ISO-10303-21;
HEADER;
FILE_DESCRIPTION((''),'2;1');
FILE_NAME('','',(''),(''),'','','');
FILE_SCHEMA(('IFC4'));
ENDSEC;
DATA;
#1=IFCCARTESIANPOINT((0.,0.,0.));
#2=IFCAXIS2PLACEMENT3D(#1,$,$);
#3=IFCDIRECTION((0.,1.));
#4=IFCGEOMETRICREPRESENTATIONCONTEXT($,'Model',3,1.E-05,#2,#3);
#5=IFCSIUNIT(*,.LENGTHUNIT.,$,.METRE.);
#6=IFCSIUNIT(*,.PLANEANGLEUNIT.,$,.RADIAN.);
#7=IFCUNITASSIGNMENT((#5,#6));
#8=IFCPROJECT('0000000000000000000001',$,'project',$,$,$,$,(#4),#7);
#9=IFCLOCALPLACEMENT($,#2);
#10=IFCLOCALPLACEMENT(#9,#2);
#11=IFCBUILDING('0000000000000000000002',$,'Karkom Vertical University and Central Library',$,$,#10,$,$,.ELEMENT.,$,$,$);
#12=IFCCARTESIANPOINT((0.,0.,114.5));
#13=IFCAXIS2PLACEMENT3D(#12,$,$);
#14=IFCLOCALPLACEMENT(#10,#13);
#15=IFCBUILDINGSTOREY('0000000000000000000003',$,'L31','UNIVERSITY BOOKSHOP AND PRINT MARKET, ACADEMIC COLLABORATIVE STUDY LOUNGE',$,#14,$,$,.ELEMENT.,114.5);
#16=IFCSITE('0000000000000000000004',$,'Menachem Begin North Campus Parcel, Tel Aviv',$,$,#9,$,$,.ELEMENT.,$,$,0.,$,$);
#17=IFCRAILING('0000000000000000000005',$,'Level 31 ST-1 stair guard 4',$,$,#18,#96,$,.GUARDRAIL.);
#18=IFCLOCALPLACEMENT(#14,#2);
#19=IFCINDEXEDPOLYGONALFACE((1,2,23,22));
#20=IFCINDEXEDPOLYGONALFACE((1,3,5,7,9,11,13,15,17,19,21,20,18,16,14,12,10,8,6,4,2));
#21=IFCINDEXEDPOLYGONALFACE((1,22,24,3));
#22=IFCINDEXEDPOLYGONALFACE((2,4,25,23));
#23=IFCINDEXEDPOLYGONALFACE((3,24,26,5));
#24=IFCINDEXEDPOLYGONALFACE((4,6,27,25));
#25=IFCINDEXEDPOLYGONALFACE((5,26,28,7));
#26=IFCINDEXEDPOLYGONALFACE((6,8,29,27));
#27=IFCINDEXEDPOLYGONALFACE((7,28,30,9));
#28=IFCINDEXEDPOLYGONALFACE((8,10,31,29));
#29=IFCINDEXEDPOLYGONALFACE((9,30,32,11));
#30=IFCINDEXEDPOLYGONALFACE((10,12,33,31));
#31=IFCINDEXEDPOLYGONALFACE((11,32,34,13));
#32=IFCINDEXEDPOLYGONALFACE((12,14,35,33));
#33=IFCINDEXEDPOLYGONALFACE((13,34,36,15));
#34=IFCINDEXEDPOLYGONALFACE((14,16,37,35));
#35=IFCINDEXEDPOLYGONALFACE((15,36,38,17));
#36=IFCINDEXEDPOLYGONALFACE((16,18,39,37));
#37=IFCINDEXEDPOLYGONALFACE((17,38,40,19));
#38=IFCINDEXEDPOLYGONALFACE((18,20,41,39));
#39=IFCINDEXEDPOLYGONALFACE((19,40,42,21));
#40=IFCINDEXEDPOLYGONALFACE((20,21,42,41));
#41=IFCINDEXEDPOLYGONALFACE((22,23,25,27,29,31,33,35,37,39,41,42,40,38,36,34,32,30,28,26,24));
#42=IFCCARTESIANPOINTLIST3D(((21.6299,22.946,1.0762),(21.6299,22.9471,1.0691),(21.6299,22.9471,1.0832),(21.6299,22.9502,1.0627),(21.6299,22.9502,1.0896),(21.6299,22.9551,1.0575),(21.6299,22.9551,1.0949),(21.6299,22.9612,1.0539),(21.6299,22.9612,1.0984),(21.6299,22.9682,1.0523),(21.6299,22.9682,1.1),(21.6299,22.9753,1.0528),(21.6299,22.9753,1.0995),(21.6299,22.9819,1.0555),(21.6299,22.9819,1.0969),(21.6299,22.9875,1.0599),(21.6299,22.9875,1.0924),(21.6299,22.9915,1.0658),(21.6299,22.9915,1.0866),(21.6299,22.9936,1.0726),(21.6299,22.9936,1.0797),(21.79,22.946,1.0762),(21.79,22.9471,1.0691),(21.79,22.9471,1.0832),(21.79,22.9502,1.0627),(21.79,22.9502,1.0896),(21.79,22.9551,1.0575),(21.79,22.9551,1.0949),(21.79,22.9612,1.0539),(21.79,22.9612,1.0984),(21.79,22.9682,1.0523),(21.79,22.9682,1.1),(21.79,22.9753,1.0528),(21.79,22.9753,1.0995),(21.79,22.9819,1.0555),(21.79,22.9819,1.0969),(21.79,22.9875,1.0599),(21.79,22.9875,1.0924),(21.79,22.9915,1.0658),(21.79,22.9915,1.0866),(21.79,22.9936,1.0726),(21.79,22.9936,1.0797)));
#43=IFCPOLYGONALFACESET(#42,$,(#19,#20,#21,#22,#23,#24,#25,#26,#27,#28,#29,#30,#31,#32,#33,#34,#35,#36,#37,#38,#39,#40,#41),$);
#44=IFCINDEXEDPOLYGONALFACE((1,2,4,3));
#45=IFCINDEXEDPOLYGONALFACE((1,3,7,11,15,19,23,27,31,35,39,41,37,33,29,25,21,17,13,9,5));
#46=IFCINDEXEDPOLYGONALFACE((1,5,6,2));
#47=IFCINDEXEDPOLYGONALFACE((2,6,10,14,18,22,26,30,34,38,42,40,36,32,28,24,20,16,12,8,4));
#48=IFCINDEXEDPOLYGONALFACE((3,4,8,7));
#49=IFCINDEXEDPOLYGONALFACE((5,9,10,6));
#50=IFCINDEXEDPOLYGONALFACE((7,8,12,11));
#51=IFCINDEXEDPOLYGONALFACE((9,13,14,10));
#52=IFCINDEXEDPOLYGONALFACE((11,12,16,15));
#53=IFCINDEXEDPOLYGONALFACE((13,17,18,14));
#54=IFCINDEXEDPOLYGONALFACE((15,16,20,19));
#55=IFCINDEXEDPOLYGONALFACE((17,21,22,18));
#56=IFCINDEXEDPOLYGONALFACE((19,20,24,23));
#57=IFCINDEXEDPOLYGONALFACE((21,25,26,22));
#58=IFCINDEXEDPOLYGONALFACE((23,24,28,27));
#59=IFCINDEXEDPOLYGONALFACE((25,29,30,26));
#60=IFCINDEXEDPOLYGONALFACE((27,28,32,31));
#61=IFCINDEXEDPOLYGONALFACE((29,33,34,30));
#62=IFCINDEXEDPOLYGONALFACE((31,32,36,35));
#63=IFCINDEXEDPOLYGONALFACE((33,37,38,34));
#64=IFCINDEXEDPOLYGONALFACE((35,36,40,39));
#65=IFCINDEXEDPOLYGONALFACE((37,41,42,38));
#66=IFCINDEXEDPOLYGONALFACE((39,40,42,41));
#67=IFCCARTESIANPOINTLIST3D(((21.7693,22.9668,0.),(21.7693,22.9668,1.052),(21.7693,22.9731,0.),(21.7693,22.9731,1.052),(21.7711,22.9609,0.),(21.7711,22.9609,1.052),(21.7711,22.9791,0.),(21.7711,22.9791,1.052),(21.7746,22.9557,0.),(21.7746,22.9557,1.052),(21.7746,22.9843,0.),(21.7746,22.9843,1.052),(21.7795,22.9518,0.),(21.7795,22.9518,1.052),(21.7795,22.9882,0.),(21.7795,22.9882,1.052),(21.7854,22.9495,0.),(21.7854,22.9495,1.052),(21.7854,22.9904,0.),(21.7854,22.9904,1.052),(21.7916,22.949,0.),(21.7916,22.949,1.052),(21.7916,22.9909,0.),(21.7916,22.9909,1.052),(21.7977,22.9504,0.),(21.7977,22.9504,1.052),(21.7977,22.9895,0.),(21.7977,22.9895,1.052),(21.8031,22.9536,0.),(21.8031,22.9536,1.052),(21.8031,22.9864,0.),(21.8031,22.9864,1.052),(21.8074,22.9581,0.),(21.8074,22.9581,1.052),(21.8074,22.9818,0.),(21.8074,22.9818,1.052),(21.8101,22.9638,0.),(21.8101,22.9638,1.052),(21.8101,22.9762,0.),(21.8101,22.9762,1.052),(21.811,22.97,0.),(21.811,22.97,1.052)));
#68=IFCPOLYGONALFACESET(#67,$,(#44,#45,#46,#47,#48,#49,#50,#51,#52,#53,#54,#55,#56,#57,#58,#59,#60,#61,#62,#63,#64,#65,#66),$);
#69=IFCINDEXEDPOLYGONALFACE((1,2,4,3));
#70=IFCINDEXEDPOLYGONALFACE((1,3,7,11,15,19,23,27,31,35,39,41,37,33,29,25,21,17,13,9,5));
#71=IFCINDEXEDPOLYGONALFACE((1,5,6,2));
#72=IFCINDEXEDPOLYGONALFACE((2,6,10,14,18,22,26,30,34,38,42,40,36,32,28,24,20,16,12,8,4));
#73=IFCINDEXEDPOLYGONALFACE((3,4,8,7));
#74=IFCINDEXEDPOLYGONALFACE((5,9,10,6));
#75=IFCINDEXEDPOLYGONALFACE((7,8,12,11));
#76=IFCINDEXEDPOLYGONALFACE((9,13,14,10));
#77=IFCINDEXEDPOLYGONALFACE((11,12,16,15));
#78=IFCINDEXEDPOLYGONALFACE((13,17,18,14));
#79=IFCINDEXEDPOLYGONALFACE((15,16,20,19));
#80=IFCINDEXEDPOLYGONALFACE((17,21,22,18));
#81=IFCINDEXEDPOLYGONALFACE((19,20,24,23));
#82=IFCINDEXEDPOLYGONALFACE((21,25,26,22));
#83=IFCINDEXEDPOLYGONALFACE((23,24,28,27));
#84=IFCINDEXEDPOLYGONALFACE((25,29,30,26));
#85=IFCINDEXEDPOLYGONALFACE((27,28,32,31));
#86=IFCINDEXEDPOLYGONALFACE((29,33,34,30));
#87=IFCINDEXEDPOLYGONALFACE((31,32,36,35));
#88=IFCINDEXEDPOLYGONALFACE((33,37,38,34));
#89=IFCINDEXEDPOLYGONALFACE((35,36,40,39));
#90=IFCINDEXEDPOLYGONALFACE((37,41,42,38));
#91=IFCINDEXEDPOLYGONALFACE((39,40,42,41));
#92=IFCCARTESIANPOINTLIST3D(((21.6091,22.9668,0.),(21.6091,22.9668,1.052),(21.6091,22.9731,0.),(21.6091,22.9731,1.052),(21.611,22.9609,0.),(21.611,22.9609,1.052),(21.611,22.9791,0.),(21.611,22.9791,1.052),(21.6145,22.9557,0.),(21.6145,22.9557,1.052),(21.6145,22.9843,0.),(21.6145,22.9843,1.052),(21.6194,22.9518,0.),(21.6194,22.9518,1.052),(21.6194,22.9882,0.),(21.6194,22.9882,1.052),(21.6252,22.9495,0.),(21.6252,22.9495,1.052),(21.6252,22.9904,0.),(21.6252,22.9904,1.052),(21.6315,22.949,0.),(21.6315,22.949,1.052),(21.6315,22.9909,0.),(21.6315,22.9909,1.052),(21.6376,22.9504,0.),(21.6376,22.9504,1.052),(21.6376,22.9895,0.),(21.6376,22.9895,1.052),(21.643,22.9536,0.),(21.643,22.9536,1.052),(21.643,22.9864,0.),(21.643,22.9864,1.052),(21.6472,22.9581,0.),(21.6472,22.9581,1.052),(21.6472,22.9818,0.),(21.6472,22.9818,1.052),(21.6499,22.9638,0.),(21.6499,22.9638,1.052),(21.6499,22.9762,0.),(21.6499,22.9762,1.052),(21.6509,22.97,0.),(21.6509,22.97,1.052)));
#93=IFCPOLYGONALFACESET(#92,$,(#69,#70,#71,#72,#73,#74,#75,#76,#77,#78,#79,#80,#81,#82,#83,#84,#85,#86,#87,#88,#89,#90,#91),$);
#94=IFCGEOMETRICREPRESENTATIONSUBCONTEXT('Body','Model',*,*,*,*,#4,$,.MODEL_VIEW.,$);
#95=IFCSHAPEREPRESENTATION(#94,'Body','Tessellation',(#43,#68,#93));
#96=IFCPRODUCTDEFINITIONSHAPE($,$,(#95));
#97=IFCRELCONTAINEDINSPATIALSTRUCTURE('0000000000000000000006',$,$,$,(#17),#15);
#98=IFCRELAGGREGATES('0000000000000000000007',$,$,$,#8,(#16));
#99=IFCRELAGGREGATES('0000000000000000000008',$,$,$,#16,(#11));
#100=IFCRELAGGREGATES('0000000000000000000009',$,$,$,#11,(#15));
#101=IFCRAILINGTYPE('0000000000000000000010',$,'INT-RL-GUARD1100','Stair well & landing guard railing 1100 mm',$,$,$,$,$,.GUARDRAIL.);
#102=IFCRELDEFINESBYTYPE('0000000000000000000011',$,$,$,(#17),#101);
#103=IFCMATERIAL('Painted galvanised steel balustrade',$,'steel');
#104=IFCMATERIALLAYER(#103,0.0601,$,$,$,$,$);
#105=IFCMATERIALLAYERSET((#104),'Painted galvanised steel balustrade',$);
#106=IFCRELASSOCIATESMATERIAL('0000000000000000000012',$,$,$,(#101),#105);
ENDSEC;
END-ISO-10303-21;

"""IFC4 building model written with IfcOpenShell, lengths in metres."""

from ifc_helpers import new_model, si_unit, direction, frame, origin, origin_2d, place, context, subcontext, project, spatial, circle, extrude, material, layer, layer_set, type_object, element, save


model = new_model("IFC4")

# Units and contexts
model_context = context("Model", 3, precision=1e-05, world=origin(), true_north=direction((0.0, 1.0)))
body_context = subcontext(model_context, "Body", "Model", "MODEL_VIEW")
ifc_project = project(units=[si_unit("LENGTHUNIT", "METRE"), si_unit("PLANEANGLEUNIT", "RADIAN")], contexts=[model_context])

# Site, building, storey
site_placement = place(None, origin())
site = spatial("IfcSite", under=ifc_project, at=site_placement, Name="Menachem Begin North Campus Parcel, Tel Aviv", CompositionType="ELEMENT", RefElevation=0.0)
building_placement = place(site_placement, origin())
building = spatial("IfcBuilding", under=site, at=building_placement, Name="Karkom Vertical University and Central Library", CompositionType="ELEMENT")
storey_placement = place(building_placement, frame((0.0, 0.0, 114.5)))
storey = spatial("IfcBuildingStorey", under=building, at=storey_placement, Name="L31", Description="UNIVERSITY BOOKSHOP AND PRINT MARKET, ACADEMIC COLLABORATIVE STUDY LOUNGE", CompositionType="ELEMENT", Elevation=114.5)

# Railing
ifc_material_1 = material(Name="Painted galvanised steel balustrade", Category="steel")
ifc_layer_1 = layer(ifc_material_1, 0.0601)
ifc_layer_set_1 = layer_set([ifc_layer_1], Name="Painted galvanised steel balustrade")
railing_type = type_object("IfcRailingType", Name="INT-RL-GUARD1100", Description="Stair well & landing guard railing 1100 mm", PredefinedType="GUARDRAIL", material=ifc_layer_set_1)
railing_1_placement = place(storey_placement, frame((21.79, 22.97, 0.0)))
element("IfcRailing", 1, at=railing_1_placement, inside=storey, type_object=railing_type, Name="Level 31 ST-1 stair guard 4", PredefinedType="GUARDRAIL", context=body_context, shape_type="SweptSolid", body=[
    extrude(circle(Radius=0.0239, at=origin_2d()), frame((0.0, 0.0, 1.0762), z_axis=(-1.0, 0.0, 0.0), x_axis=(0.0, -1.0, 0.0)), (0.0, 0.0, 1.0), 0.1602),
    extrude(circle(Radius=0.021, at=origin_2d()), origin(), (0.0, 0.0, 1.0), 1.052),
    extrude(circle(Radius=0.021, at=origin_2d()), frame((-0.1602, 0.0, 0.0)), (0.0, 0.0, 1.0), 1.052),
])

save(model, "model.ifc")
